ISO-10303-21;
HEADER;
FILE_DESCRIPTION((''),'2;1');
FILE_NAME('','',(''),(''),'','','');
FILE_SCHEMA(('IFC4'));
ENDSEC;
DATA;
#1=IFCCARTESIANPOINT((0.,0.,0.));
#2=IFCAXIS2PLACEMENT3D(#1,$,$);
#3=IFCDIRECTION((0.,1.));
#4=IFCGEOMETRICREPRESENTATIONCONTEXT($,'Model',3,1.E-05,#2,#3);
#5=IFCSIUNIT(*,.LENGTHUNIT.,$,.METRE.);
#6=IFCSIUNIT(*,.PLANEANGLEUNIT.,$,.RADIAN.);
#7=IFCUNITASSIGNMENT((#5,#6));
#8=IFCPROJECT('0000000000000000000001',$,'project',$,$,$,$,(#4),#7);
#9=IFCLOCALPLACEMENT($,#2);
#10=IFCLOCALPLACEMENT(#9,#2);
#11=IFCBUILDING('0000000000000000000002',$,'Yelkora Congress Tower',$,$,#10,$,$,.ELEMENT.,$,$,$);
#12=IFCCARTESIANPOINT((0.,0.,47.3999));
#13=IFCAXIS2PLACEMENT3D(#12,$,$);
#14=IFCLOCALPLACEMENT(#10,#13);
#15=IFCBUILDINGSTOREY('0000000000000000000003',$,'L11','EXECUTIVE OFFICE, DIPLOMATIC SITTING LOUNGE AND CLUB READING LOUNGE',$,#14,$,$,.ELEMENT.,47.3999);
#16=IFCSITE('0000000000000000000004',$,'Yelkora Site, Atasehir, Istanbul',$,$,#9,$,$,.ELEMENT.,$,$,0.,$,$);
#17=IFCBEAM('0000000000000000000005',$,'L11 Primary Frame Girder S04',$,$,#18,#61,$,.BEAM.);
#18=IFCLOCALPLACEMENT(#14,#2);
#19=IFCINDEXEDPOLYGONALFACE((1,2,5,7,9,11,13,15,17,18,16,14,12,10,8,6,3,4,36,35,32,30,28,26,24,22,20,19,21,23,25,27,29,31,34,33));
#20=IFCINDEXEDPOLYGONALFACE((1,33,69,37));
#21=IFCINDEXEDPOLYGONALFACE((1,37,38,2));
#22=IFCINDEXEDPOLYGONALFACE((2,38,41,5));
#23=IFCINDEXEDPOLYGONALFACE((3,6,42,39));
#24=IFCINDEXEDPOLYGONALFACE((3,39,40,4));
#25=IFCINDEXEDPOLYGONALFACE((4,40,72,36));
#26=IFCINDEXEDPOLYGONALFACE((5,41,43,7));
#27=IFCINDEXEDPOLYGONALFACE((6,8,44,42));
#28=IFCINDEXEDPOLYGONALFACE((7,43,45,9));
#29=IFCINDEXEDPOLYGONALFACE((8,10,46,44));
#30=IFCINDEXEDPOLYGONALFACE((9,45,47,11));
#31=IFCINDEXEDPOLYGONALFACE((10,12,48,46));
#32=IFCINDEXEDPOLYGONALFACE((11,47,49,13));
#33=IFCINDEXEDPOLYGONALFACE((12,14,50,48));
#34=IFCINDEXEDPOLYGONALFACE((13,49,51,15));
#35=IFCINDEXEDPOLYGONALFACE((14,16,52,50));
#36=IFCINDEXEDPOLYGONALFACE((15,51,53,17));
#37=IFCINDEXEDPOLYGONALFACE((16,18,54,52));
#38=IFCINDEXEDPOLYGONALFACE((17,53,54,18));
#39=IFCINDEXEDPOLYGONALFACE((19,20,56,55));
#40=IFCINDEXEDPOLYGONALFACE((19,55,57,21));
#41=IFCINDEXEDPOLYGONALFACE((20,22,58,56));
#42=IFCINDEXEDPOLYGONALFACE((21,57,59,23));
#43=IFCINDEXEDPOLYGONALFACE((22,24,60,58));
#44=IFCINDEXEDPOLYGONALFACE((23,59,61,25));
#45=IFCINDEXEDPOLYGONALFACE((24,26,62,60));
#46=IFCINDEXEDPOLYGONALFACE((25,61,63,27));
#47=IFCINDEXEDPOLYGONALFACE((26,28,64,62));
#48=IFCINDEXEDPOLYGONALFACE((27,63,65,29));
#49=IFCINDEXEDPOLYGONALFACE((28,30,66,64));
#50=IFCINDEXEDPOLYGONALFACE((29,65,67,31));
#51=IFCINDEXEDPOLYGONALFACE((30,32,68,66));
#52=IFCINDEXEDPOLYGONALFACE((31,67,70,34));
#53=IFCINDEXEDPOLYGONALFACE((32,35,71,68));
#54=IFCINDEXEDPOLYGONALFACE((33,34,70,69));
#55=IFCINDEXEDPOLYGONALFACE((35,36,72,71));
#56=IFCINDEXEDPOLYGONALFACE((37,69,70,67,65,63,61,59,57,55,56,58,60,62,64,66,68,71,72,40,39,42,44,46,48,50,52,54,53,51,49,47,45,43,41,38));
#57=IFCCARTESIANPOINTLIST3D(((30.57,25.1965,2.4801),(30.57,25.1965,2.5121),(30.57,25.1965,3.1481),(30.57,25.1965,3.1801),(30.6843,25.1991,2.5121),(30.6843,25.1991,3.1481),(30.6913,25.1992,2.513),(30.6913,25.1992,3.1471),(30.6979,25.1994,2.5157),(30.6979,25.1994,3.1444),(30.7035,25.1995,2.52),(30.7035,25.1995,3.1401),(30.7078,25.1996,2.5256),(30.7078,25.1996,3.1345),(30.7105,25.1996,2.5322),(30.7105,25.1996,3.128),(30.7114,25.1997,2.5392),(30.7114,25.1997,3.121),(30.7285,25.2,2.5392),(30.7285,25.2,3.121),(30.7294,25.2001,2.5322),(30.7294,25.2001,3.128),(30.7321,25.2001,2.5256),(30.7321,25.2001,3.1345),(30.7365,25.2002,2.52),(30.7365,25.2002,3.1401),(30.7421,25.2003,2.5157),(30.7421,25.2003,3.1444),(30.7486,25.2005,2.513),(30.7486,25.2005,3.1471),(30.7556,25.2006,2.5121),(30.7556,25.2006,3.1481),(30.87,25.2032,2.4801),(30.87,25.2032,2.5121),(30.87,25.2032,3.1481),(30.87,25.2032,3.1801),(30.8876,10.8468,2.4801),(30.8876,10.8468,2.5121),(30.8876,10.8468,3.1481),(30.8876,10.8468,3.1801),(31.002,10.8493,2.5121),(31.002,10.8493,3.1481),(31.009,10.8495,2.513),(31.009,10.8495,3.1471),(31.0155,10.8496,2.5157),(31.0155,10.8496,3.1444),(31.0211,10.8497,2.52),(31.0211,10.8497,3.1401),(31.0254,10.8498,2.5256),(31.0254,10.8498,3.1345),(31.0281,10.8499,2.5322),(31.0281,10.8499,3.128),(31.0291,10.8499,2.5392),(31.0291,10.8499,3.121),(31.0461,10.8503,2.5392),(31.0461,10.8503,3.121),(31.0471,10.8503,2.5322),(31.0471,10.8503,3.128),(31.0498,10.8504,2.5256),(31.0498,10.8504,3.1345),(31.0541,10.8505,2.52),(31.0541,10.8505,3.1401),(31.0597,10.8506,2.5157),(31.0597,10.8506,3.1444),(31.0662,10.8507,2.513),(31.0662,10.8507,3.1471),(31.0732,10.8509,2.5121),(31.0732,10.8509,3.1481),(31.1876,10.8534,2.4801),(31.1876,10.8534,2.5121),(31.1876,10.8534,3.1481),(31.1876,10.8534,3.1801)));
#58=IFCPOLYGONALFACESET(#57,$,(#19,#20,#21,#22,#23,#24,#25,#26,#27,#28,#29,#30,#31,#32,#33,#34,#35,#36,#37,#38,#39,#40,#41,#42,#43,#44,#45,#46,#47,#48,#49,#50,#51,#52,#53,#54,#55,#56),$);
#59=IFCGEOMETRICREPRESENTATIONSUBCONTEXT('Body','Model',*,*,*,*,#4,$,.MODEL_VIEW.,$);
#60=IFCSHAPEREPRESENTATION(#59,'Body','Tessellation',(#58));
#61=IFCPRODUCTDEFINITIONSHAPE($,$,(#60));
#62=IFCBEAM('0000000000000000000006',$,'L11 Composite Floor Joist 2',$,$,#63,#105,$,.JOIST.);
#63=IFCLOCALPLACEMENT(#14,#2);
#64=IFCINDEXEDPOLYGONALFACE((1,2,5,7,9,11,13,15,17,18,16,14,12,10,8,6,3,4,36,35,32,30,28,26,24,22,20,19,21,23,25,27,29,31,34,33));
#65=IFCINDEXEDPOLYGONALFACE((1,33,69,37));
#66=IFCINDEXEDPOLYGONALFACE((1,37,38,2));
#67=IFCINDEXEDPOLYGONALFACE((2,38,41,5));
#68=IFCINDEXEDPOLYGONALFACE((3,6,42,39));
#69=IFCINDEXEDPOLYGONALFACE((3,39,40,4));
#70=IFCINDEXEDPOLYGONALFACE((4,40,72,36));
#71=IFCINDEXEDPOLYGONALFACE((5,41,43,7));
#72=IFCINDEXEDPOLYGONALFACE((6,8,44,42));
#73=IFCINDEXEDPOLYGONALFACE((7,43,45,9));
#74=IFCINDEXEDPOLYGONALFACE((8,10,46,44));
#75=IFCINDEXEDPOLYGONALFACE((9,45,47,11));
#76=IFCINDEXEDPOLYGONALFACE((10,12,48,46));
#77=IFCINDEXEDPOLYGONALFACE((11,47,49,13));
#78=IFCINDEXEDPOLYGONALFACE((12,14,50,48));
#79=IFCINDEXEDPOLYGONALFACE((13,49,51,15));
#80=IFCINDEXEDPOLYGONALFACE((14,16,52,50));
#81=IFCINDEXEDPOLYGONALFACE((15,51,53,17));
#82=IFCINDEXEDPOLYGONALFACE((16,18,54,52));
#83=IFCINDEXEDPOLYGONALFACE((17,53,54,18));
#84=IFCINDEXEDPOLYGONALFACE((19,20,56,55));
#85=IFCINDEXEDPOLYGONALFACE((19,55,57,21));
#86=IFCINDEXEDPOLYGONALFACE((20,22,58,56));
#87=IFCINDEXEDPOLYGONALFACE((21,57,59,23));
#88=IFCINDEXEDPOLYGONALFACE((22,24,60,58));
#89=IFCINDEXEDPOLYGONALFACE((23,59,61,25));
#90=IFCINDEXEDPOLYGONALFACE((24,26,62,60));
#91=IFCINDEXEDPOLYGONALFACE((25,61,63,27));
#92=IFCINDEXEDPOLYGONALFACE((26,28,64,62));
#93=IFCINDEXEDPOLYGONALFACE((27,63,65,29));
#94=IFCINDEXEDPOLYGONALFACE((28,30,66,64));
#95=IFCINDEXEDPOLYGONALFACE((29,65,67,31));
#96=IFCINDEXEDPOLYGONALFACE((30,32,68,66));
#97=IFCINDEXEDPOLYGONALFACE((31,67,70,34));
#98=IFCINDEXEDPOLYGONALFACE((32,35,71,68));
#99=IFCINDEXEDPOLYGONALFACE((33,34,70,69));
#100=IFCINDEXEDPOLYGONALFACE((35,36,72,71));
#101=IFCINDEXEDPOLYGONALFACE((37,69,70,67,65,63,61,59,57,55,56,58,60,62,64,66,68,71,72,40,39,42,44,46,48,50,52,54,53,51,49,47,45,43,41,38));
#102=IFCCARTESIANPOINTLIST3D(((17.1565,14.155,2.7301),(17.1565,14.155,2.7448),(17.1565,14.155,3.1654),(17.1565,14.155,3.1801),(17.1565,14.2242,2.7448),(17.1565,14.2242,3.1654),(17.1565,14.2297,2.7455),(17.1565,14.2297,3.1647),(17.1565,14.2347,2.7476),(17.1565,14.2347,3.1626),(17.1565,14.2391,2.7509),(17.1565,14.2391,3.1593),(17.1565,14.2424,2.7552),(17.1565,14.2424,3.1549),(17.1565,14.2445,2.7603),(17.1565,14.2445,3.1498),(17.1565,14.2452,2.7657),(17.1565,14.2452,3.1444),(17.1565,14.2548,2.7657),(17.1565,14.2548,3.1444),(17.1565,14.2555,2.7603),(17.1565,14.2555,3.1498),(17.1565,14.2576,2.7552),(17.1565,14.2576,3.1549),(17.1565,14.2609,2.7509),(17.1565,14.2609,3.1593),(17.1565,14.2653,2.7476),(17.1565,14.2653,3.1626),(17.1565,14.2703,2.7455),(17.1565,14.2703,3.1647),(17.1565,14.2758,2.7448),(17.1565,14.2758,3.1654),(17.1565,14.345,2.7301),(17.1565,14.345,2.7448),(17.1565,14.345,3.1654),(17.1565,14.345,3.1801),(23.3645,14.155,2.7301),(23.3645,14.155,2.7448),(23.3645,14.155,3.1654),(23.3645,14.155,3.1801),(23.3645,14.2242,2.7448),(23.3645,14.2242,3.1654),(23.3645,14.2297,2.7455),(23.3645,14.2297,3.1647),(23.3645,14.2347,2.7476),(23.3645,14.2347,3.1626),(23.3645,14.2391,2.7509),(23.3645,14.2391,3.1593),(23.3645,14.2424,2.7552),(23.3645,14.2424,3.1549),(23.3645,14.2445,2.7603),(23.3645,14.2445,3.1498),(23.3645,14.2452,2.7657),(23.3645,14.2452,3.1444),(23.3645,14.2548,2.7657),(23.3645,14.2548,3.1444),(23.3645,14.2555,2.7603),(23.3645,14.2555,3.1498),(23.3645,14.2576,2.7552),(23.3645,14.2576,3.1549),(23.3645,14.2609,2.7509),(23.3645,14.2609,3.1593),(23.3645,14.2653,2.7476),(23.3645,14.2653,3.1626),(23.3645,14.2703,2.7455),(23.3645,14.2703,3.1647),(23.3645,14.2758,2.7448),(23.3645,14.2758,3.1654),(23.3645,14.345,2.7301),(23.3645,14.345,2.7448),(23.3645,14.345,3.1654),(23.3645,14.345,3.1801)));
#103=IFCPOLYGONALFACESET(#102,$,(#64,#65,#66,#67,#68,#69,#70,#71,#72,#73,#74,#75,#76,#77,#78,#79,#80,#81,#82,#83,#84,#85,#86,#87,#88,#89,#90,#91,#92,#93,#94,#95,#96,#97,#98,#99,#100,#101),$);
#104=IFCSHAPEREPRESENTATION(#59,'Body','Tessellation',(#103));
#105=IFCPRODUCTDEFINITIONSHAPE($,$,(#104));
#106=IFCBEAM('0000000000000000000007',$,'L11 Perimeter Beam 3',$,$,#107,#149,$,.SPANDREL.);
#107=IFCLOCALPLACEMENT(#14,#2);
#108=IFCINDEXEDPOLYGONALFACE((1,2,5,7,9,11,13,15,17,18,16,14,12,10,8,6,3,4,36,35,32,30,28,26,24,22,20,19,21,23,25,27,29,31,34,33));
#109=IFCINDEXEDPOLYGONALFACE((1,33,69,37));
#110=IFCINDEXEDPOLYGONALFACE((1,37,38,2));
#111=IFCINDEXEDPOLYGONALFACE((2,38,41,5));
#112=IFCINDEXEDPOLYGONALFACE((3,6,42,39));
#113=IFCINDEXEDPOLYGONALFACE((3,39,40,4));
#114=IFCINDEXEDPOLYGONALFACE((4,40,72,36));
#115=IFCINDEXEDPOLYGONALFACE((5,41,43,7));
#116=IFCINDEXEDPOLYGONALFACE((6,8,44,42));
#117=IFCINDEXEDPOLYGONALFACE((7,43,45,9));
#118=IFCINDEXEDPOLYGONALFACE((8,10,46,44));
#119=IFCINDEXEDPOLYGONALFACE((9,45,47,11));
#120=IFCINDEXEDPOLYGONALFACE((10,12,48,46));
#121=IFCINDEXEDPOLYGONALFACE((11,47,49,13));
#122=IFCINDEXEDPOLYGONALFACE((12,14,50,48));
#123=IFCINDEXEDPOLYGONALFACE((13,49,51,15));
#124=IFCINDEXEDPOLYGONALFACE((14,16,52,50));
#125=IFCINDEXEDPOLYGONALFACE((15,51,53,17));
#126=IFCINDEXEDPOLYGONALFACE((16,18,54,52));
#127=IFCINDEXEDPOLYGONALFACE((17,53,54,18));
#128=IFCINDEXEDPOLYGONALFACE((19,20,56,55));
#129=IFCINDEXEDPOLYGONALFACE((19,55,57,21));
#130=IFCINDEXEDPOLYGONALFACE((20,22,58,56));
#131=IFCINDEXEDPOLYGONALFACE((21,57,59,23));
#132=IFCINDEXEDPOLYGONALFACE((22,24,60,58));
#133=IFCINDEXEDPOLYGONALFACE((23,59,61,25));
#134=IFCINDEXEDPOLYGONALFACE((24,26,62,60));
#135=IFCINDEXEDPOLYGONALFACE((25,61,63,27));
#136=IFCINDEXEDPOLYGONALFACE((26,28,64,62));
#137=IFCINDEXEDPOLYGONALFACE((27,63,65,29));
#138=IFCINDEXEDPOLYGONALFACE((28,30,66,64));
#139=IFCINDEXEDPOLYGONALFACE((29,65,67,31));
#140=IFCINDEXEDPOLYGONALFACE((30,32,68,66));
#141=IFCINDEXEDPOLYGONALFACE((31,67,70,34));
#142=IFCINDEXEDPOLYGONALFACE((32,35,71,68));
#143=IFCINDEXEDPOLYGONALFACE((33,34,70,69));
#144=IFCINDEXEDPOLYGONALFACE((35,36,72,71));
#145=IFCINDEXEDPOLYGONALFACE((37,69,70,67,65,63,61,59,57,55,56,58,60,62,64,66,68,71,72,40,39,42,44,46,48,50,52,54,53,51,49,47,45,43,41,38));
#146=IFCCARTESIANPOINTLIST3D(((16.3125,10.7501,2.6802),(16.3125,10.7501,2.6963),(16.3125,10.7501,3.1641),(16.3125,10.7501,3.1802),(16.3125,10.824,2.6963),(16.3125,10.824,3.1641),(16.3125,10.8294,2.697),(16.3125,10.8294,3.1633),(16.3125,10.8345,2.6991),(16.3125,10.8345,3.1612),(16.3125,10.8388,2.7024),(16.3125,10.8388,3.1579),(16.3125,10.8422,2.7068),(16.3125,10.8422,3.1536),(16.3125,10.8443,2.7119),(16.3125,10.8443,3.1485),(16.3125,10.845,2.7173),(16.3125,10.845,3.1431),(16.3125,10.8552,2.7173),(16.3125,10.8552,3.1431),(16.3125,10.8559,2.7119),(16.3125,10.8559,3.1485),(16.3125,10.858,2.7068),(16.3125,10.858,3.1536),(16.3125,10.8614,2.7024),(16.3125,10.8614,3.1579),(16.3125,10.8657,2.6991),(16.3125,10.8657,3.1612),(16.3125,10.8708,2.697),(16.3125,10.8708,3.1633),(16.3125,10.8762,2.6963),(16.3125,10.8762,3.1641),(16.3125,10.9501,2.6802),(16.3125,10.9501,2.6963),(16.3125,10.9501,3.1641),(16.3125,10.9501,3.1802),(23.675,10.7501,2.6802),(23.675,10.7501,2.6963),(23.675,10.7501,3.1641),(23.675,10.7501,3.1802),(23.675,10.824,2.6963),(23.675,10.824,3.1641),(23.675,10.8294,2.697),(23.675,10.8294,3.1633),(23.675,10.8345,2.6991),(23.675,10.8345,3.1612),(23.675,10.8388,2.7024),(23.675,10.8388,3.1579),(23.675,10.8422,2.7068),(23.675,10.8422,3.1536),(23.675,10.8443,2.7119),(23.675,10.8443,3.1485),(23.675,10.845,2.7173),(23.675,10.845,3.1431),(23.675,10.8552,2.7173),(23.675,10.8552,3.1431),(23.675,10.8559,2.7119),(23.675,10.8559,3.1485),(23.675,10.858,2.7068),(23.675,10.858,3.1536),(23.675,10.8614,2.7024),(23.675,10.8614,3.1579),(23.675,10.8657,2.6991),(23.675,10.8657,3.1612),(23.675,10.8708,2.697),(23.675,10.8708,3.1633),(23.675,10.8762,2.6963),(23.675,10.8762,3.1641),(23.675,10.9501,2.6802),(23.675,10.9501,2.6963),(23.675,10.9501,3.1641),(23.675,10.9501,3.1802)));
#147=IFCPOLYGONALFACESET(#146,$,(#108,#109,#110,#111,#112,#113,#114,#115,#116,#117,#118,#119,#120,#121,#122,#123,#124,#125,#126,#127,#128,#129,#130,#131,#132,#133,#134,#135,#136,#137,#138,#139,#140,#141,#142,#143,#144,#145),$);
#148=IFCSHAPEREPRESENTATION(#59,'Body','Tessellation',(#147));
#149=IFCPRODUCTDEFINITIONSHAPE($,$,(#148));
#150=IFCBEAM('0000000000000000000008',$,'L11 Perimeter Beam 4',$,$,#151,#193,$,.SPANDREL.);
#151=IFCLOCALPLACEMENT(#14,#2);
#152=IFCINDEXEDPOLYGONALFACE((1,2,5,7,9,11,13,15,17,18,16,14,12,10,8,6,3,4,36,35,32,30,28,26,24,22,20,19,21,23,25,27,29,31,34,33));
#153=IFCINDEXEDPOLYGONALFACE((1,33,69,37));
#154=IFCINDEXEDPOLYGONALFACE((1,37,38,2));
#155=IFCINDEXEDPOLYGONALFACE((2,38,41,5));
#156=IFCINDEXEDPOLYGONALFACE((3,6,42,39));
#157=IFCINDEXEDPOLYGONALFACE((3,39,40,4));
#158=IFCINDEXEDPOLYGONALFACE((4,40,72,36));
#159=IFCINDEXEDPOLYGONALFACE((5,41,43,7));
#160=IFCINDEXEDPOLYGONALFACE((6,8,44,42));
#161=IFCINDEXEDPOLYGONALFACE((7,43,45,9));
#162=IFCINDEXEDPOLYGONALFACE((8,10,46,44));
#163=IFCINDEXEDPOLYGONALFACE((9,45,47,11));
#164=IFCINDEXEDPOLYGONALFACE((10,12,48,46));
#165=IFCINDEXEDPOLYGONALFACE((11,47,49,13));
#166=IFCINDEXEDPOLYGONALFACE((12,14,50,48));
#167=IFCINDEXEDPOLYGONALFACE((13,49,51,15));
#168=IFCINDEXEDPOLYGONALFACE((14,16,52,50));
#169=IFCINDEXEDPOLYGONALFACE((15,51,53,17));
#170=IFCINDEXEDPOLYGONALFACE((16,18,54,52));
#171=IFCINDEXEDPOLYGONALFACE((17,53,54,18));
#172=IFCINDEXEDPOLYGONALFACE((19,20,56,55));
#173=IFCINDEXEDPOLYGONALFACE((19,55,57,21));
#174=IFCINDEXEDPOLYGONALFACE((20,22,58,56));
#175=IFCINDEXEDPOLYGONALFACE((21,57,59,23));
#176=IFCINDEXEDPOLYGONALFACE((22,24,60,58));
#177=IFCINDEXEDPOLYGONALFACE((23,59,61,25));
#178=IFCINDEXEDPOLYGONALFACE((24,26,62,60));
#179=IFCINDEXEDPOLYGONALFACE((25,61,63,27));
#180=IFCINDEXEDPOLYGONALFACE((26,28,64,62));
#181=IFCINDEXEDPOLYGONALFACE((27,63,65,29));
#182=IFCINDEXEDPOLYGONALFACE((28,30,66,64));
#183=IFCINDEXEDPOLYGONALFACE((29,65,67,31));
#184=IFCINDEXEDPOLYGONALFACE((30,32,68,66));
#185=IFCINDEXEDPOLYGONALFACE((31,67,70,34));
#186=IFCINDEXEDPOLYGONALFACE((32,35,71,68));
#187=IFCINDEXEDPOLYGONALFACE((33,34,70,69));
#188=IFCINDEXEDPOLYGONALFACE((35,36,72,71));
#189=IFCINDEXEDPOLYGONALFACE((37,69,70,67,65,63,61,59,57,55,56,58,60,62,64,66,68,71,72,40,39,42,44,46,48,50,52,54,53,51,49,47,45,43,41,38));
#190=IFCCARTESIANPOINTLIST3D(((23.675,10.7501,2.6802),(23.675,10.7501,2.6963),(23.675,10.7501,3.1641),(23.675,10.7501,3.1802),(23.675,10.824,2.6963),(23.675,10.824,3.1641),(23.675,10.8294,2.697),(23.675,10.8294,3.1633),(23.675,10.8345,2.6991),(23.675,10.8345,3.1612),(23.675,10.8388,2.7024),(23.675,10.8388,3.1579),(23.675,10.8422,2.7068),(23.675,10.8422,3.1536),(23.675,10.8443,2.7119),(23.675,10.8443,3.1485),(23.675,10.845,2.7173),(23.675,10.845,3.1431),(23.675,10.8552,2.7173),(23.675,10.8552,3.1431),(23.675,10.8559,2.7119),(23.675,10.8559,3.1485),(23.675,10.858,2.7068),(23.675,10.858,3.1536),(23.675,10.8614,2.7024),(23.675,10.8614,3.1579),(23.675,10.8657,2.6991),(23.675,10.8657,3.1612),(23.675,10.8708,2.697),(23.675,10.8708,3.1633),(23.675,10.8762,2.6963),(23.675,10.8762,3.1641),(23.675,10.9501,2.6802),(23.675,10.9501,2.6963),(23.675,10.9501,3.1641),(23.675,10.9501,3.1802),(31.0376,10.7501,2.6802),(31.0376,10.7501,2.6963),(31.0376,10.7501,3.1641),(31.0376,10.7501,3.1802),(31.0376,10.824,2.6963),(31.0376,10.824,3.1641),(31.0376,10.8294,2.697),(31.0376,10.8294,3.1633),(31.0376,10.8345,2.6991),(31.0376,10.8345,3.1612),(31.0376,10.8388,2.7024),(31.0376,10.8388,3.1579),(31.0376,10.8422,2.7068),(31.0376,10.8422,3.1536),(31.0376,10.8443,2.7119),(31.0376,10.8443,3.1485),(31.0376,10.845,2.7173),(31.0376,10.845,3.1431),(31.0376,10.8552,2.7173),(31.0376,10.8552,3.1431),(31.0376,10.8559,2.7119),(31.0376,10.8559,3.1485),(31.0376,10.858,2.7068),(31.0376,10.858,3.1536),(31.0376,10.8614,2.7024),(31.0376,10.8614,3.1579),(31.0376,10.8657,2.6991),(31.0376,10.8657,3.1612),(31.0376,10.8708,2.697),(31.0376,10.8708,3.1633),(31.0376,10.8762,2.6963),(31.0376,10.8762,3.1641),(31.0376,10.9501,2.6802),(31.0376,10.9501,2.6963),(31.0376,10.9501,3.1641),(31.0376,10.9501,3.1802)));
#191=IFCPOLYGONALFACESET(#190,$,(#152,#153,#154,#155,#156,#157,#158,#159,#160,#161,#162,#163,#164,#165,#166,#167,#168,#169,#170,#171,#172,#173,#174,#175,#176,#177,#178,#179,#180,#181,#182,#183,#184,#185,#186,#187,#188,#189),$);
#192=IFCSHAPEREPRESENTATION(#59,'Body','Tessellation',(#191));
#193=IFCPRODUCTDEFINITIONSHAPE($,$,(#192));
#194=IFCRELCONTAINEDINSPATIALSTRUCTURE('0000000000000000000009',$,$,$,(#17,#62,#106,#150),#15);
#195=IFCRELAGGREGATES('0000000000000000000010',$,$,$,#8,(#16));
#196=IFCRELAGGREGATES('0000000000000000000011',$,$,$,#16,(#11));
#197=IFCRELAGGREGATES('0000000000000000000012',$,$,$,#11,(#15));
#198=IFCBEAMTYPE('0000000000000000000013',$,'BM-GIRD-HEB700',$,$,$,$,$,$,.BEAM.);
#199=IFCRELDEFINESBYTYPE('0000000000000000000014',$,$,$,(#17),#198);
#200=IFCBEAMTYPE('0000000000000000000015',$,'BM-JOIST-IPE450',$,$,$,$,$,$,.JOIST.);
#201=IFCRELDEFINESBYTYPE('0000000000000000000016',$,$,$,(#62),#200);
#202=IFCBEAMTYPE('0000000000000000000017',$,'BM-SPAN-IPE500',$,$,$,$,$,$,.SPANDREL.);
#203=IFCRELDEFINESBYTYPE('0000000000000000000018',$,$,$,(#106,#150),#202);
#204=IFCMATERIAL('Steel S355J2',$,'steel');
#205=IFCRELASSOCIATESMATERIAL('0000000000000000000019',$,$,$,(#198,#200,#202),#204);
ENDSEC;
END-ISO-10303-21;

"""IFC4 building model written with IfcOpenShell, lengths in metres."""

from ifc_helpers import new_model, si_unit, direction, frame, origin, origin_2d, place, context, subcontext, project, spatial, i_section, extrude, material, material_profile, profile_set, type_object, element, save


model = new_model("IFC4")

# Units and contexts
model_context = context("Model", 3, precision=1e-05, world=origin(), true_north=direction((0.0, 1.0)))
body_context = subcontext(model_context, "Body", "Model", "MODEL_VIEW")
ifc_project = project(units=[si_unit("LENGTHUNIT", "METRE"), si_unit("PLANEANGLEUNIT", "RADIAN")], contexts=[model_context])

# Site, building, storey
site_placement = place(None, origin())
site = spatial("IfcSite", under=ifc_project, at=site_placement, Name="Yelkora Site, Atasehir, Istanbul", CompositionType="ELEMENT", RefElevation=0.0)
building_placement = place(site_placement, origin())
building = spatial("IfcBuilding", under=site, at=building_placement, Name="Yelkora Congress Tower", CompositionType="ELEMENT")
storey_placement = place(building_placement, frame((0.0, 0.0, 47.3999)))
storey = spatial("IfcBuildingStorey", under=building, at=storey_placement, Name="L11", Description="EXECUTIVE OFFICE, DIPLOMATIC SITTING LOUNGE AND CLUB READING LOUNGE", CompositionType="ELEMENT", Elevation=47.3999)

# Beams
ifc_material_1 = material(Name="Steel S355J2", Category="steel")
ifc_material_profile_1 = material_profile(ifc_material_1, i_section(OverallWidth=0.3, OverallDepth=0.7, WebThickness=0.0171, FlangeThickness=0.032, FilletRadius=0.0271, at=origin_2d()), Name="HEB 700")
ifc_profile_set_1 = profile_set([ifc_material_profile_1], Name="Steel S355J2")
beam_type_1 = type_object("IfcBeamType", Name="BM-GIRD-HEB700", PredefinedType="BEAM", material=ifc_profile_set_1)
beam_1_placement = place(storey_placement, frame((31.0376, 10.8501, 2.8301), z_axis=(-0.022129, 0.999755, 0.0), x_axis=(-0.999755, -0.022129, 0.0)))
element("IfcBeam", 1, at=beam_1_placement, inside=storey, type_object=beam_type_1, Name="L11 Primary Frame Girder S04", PredefinedType="BEAM", context=body_context, shape_type="SweptSolid", body=[
    extrude(i_section(OverallWidth=0.3, OverallDepth=0.7, WebThickness=0.0171, FlangeThickness=0.032, FilletRadius=0.0271, at=origin_2d()), origin(), (0.0, 0.0, 1.0), 14.3533),
])
ifc_material_profile_2 = material_profile(ifc_material_1, i_section(OverallWidth=0.1899, OverallDepth=0.45, WebThickness=0.0095, FlangeThickness=0.0146, FilletRadius=0.021, at=origin_2d()), Name="IPE 450")
ifc_profile_set_2 = profile_set([ifc_material_profile_2], Name="Steel S355J2")
beam_type_2 = type_object("IfcBeamType", Name="BM-JOIST-IPE450", PredefinedType="JOIST", material=ifc_profile_set_2)
beam_2_placement = place(storey_placement, frame((17.1565, 14.25, 2.9551), z_axis=(1.0, 0.0, 0.0), x_axis=(0.0, 1.0, 0.0)))
element("IfcBeam", 2, at=beam_2_placement, inside=storey, type_object=beam_type_2, Name="L11 Composite Floor Joist 2", PredefinedType="JOIST", context=body_context, shape_type="SweptSolid", body=[
    extrude(i_section(OverallWidth=0.1899, OverallDepth=0.45, WebThickness=0.0095, FlangeThickness=0.0146, FilletRadius=0.021, at=origin_2d()), origin(), (0.0, 0.0, 1.0), 6.208),
])
ifc_material_profile_3 = material_profile(ifc_material_1, i_section(OverallWidth=0.2, OverallDepth=0.5, WebThickness=0.0103, FlangeThickness=0.0161, FilletRadius=0.021, at=origin_2d()), Name="IPE 500")
ifc_profile_set_3 = profile_set([ifc_material_profile_3], Name="Steel S355J2")
beam_type_3 = type_object("IfcBeamType", Name="BM-SPAN-IPE500", PredefinedType="SPANDREL", material=ifc_profile_set_3)
for number, where, z_axis, x_axis, name in (
    (3, (16.3125, 10.8501, 2.9302), (1.0, 0.0, 0.0), (0.0, 1.0, 0.0), "L11 Perimeter Beam 3"),
    (4, (23.675, 10.8501, 2.9302), (1.0, 0.0, 0.0), (0.0, 1.0, 0.0), "L11 Perimeter Beam 4"),
):
    element("IfcBeam", number, at=place(storey_placement, frame(where, z_axis=z_axis, x_axis=x_axis)), inside=storey, type_object=beam_type_3, Name=name, PredefinedType="SPANDREL", context=body_context, shape_type="SweptSolid", body=[
        extrude(i_section(OverallWidth=0.2, OverallDepth=0.5, WebThickness=0.0103, FlangeThickness=0.0161, FilletRadius=0.021, at=origin_2d()), origin(), (0.0, 0.0, 1.0), 7.3625),
    ])

save(model, "model.ifc")
